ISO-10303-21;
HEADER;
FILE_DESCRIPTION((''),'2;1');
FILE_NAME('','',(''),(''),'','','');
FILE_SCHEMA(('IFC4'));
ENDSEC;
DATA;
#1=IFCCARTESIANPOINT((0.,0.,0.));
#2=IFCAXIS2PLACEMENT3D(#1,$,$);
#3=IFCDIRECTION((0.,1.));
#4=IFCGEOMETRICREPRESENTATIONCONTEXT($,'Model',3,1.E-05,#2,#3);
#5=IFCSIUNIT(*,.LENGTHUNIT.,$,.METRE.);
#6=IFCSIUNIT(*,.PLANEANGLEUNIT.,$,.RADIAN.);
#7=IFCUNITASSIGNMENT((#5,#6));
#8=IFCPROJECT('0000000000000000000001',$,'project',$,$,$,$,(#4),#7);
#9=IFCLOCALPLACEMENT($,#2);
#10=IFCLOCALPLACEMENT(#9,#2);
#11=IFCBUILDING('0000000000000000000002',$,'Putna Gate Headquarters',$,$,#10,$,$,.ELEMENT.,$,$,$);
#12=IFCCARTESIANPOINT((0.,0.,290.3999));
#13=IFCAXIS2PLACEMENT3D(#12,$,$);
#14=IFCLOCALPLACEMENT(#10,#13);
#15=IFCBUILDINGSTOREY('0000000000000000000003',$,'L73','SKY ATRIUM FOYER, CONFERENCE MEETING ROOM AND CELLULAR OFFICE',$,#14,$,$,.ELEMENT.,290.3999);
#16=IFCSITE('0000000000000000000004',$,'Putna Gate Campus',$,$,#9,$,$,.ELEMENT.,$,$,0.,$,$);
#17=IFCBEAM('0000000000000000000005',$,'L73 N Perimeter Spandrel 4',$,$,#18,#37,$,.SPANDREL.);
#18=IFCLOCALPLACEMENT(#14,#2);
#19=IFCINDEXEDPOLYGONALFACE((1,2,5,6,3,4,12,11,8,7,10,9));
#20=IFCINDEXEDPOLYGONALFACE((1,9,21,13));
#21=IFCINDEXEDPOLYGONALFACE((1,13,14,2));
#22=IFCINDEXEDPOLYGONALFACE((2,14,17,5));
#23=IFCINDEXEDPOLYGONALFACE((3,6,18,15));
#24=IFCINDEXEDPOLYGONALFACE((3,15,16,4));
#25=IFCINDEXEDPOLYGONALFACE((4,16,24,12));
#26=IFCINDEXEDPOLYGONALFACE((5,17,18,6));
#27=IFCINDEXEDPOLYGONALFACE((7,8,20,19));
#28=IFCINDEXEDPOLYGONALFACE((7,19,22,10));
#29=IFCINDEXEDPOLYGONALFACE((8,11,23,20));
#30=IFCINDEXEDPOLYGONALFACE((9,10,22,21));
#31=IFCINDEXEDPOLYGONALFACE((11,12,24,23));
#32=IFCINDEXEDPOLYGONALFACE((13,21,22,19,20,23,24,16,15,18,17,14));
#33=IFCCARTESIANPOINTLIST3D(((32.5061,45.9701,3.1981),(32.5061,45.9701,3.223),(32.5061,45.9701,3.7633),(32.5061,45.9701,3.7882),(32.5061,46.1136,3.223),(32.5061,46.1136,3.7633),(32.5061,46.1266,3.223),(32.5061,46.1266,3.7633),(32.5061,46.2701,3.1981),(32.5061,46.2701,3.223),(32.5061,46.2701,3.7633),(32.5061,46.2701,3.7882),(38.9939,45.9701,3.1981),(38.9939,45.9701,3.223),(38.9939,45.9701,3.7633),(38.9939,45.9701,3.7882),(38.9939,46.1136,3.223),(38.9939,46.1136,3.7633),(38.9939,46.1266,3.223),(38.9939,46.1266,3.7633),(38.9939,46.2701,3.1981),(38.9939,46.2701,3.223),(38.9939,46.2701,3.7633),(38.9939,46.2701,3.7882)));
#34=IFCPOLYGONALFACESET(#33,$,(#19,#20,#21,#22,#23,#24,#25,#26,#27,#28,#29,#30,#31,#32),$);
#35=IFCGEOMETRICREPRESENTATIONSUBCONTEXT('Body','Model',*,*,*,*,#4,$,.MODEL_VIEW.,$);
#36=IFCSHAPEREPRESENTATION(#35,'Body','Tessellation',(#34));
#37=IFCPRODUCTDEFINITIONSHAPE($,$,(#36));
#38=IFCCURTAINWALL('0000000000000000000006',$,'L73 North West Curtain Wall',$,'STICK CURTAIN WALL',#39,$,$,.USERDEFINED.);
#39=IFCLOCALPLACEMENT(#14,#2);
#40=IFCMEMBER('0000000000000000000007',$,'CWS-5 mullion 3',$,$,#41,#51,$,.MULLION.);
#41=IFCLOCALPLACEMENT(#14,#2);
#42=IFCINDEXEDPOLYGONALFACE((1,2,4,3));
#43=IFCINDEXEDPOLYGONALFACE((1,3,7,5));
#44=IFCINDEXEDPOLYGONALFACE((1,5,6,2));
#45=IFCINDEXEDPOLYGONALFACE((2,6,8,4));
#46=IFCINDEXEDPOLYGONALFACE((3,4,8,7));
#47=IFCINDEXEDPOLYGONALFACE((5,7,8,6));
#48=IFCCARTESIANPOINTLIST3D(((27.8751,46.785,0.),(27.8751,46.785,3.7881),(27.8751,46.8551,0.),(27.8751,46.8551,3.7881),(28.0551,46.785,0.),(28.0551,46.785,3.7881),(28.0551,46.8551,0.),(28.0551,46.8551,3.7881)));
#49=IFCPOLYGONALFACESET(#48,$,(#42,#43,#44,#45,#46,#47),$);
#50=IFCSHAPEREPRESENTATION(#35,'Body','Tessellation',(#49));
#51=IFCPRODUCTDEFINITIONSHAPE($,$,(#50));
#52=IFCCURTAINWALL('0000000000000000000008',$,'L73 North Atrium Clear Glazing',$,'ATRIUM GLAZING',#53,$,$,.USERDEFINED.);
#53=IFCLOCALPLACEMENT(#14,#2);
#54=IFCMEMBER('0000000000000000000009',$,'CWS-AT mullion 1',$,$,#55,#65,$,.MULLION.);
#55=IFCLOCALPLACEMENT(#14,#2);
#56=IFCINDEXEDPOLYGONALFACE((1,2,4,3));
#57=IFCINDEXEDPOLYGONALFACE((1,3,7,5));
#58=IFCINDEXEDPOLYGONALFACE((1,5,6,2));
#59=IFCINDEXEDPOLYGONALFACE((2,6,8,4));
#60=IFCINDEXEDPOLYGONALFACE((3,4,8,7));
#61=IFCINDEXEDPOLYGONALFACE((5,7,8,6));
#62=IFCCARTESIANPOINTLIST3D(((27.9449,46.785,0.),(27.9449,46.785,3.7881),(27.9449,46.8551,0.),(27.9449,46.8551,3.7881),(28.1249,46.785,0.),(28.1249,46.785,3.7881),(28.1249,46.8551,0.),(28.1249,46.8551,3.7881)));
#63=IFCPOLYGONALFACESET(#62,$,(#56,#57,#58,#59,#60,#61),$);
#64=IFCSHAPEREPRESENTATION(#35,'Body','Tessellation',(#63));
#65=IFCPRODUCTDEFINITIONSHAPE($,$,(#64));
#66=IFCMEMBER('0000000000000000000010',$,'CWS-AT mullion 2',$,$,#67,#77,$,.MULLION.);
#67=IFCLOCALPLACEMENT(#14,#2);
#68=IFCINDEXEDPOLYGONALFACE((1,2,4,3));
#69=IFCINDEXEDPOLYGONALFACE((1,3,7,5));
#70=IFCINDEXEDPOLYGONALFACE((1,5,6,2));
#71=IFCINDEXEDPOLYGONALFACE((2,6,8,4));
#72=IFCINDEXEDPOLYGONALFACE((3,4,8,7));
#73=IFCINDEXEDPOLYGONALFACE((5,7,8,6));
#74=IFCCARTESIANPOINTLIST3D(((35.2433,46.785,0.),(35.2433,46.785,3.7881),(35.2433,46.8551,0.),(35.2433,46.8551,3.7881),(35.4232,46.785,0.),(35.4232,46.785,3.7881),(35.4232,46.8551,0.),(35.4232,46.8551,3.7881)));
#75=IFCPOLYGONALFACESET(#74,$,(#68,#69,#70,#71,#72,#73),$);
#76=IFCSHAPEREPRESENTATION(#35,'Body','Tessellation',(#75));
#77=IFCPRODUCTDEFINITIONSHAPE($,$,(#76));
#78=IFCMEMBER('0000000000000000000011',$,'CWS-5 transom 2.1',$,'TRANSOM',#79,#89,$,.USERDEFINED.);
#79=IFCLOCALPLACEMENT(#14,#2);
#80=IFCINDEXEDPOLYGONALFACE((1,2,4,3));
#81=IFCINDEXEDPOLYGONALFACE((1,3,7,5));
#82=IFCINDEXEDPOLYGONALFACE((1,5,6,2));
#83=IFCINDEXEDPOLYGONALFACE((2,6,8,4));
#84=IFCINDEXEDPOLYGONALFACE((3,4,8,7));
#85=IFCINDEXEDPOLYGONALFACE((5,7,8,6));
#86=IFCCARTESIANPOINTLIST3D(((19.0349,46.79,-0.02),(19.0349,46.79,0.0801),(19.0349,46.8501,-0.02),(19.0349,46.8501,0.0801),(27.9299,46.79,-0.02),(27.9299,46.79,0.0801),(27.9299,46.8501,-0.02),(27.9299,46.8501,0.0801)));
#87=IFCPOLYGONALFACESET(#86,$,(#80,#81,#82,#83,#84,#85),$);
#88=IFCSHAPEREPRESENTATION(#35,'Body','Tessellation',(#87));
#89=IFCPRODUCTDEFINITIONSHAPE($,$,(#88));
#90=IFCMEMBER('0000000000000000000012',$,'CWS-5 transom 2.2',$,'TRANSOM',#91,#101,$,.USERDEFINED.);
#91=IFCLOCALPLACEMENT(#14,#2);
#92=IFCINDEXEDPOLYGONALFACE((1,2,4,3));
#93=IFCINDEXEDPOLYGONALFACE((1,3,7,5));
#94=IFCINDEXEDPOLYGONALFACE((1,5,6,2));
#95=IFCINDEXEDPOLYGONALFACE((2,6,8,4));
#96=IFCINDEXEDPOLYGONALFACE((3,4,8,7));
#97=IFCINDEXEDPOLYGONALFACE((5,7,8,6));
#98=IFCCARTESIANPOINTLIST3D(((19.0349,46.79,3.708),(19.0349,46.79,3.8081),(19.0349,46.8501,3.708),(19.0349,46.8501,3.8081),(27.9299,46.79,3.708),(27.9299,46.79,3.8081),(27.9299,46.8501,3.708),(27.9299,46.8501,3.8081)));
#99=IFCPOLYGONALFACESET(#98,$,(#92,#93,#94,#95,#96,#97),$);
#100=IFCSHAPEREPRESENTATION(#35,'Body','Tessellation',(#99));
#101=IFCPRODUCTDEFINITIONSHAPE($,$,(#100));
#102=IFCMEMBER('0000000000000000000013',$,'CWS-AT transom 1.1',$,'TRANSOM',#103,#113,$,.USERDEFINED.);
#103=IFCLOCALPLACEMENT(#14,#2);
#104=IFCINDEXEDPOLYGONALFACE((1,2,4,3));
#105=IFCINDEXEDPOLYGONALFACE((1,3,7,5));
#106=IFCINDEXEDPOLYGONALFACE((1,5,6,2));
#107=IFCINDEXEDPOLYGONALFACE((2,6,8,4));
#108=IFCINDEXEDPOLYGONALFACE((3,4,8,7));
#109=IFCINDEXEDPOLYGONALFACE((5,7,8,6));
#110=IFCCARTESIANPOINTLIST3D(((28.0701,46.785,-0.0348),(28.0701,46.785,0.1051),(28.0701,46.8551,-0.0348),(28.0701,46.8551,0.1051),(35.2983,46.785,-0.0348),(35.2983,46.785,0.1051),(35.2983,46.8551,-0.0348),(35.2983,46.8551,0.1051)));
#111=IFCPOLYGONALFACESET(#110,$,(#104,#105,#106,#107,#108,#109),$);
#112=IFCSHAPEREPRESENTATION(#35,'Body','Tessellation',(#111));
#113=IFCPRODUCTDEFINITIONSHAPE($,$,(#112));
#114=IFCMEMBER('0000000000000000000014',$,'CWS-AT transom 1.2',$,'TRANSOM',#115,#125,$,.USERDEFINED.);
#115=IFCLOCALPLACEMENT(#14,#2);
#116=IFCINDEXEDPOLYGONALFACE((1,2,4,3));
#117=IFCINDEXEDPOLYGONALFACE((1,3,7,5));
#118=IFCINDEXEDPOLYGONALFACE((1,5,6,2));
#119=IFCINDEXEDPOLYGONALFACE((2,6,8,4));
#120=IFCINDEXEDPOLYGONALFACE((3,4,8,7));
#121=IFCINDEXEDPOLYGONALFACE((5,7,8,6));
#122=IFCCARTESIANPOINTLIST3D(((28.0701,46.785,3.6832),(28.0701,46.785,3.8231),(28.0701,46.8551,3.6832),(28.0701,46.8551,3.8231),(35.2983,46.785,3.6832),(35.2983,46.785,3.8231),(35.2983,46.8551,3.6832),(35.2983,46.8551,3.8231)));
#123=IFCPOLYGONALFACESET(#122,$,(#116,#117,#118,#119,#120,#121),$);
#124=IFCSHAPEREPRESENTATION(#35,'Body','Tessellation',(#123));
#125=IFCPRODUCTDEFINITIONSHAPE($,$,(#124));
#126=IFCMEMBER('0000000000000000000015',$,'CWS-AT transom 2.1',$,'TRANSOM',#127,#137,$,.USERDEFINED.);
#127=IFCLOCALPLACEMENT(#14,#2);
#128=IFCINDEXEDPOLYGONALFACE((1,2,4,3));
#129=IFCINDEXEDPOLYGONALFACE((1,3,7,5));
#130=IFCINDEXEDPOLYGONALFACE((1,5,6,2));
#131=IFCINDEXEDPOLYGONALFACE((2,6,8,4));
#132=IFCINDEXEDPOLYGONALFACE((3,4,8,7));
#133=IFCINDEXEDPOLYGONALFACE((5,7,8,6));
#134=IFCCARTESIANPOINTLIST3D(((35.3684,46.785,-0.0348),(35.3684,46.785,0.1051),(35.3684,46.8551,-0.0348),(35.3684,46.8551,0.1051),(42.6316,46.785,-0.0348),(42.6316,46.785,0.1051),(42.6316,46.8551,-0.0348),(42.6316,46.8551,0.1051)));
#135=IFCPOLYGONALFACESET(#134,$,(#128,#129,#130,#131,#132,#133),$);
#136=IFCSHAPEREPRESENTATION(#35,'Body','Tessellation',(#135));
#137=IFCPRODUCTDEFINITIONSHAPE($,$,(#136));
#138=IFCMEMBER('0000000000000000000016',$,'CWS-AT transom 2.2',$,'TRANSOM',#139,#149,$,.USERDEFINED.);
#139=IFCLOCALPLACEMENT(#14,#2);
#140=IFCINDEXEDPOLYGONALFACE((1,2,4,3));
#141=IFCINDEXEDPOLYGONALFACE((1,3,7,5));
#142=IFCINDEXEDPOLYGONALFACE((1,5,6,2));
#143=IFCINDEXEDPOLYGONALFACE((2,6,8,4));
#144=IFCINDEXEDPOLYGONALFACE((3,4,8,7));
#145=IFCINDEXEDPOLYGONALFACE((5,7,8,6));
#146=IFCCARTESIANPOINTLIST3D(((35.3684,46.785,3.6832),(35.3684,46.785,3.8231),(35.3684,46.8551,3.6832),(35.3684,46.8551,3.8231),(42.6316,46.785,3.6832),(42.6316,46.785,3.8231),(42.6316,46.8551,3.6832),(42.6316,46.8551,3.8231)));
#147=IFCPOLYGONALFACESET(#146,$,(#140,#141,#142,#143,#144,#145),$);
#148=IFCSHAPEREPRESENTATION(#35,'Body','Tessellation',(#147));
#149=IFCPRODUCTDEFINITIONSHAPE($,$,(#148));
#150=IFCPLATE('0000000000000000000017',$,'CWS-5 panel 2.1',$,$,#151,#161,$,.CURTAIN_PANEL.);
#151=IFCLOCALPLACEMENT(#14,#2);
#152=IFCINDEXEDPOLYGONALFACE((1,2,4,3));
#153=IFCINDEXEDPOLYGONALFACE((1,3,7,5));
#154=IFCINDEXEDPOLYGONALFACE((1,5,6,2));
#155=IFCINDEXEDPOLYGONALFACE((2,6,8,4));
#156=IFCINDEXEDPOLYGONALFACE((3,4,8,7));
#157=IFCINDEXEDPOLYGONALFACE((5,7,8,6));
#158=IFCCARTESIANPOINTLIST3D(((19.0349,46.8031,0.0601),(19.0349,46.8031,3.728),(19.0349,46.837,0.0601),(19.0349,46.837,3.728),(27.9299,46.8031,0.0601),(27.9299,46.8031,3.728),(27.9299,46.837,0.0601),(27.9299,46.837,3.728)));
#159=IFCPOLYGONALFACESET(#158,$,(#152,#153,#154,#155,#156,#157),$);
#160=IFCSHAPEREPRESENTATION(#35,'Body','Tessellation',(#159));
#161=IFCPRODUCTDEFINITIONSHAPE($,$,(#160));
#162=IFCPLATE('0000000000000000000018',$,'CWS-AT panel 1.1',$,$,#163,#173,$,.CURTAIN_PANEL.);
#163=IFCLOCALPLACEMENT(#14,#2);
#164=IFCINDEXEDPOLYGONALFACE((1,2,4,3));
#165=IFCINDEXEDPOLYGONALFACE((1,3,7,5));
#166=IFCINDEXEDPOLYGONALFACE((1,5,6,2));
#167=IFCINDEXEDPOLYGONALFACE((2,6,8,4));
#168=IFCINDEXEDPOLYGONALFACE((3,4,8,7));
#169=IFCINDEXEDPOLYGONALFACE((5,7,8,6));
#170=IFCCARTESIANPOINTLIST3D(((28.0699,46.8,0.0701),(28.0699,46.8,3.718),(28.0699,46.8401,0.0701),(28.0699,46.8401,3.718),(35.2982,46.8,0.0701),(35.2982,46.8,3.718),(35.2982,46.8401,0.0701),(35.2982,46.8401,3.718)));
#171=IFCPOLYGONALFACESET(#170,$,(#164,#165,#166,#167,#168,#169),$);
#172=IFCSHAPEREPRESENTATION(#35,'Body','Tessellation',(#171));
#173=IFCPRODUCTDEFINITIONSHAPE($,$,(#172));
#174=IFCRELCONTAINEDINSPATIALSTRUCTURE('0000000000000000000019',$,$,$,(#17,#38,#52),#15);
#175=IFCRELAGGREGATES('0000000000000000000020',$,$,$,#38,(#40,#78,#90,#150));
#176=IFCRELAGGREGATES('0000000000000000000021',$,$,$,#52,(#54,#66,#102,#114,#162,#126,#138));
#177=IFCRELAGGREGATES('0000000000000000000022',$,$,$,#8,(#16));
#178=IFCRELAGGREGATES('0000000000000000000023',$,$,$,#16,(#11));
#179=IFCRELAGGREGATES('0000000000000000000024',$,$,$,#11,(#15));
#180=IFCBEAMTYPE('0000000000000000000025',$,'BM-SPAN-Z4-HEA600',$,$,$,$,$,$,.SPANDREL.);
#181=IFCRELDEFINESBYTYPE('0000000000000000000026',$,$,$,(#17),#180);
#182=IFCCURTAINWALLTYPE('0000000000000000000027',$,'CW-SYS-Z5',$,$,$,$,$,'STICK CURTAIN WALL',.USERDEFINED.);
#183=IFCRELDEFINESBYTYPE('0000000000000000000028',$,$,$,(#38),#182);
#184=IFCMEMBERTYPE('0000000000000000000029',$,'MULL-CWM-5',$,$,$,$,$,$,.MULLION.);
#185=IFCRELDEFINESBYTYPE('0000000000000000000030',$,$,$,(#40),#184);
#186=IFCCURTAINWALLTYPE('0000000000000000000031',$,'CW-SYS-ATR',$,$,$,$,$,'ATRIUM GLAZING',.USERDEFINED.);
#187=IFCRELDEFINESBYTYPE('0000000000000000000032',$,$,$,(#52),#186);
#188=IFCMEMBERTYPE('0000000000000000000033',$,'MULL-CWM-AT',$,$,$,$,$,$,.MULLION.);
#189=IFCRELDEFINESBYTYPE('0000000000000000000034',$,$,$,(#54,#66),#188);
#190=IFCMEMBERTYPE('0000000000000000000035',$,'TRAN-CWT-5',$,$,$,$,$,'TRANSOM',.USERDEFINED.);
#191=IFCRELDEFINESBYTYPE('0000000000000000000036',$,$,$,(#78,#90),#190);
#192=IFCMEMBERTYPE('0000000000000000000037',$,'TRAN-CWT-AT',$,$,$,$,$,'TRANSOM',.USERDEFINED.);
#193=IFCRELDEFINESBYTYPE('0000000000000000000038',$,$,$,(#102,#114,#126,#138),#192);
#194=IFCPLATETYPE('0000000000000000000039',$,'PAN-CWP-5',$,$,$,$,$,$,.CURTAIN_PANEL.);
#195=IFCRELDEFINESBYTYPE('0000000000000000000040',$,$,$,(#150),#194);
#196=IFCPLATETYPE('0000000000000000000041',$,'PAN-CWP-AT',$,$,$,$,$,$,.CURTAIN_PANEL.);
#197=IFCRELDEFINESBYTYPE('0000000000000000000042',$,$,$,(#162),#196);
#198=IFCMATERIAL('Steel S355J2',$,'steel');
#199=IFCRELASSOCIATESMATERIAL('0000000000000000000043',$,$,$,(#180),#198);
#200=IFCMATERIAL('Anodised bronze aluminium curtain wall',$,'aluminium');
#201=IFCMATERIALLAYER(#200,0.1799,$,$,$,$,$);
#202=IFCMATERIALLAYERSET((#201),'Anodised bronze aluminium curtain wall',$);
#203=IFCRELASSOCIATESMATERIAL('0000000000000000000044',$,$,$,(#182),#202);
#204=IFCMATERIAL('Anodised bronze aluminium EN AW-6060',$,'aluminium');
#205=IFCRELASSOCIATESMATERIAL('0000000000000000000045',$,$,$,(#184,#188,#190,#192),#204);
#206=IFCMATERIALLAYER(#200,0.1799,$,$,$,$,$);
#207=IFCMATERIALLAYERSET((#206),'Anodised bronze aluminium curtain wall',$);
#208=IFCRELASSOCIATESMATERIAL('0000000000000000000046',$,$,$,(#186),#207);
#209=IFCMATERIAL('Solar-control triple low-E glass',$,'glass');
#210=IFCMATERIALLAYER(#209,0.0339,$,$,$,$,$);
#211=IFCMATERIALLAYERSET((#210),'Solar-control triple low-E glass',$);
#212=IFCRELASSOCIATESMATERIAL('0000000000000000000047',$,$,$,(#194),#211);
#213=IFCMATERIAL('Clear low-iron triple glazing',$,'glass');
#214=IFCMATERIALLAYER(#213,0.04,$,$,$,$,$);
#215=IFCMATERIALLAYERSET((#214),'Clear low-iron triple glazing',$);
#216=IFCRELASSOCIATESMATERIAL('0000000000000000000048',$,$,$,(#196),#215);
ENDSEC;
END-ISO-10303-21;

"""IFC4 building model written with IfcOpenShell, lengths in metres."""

from ifc_helpers import new_model, si_unit, direction, frame, origin, origin_2d, place, context, subcontext, project, spatial, rectangle, i_section, extrude, material, layer, layer_set, material_profile, profile_set, type_object, element, aggregate, save


model = new_model("IFC4")

# Units and contexts
model_context = context("Model", 3, precision=1e-05, world=origin(), true_north=direction((0.0, 1.0)))
body_context = subcontext(model_context, "Body", "Model", "MODEL_VIEW")
ifc_project = project(units=[si_unit("LENGTHUNIT", "METRE"), si_unit("PLANEANGLEUNIT", "RADIAN")], contexts=[model_context])

# Site, building, storey
site_placement = place(None, origin())
site = spatial("IfcSite", under=ifc_project, at=site_placement, Name="Putna Gate Campus", CompositionType="ELEMENT", RefElevation=0.0)
building_placement = place(site_placement, origin())
building = spatial("IfcBuilding", under=site, at=building_placement, Name="Putna Gate Headquarters", CompositionType="ELEMENT")
storey_placement = place(building_placement, frame((0.0, 0.0, 290.3999)))
storey = spatial("IfcBuildingStorey", under=building, at=storey_placement, Name="L73", Description="SKY ATRIUM FOYER, CONFERENCE MEETING ROOM AND CELLULAR OFFICE", CompositionType="ELEMENT", Elevation=290.3999)

# Beam
ifc_material_1 = material(Name="Steel S355J2", Category="steel")
ifc_material_profile_1 = material_profile(ifc_material_1, i_section(OverallWidth=0.3, OverallDepth=0.5901, WebThickness=0.0129, FlangeThickness=0.0249, at=origin_2d()), Name="Steel S355J2")
ifc_profile_set_1 = profile_set([ifc_material_profile_1], Name="Steel S355J2")
beam_type_1 = type_object("IfcBeamType", Name="BM-SPAN-Z4-HEA600", PredefinedType="SPANDREL", material=ifc_profile_set_1)
for number, where, z_axis, x_axis, name in (
    (1, (32.5061, 46.1201, 3.4932), (1.0, 0.0, 0.0), (0.0, 1.0, 0.0), "L73 N Perimeter Spandrel 4"),
):
    element("IfcBeam", number, at=place(storey_placement, frame(where, z_axis=z_axis, x_axis=x_axis)), inside=storey, type_object=beam_type_1, Name=name, PredefinedType="SPANDREL", context=body_context, shape_type="SweptSolid", body=[
        extrude(i_section(OverallWidth=0.3, OverallDepth=0.5901, WebThickness=0.0129, FlangeThickness=0.0249, at=origin_2d()), origin(), (0.0, 0.0, 1.0), 6.4878),
    ])

# Curtain wall, member
ifc_material_2 = material(Name="Anodised bronze aluminium curtain wall", Category="aluminium")
ifc_layer_1 = layer(ifc_material_2, 0.1799)
ifc_layer_set_1 = layer_set([ifc_layer_1], Name="Anodised bronze aluminium curtain wall")
curtain_wall_type_1 = type_object("IfcCurtainWallType", Name="CW-SYS-Z5", ElementType="STICK CURTAIN WALL", PredefinedType="USERDEFINED", material=ifc_layer_set_1)
curtain_wall_1_placement = place(storey_placement, origin())
curtain_wall_1 = element("IfcCurtainWall", 2, at=curtain_wall_1_placement, inside=storey, type_object=curtain_wall_type_1, Name="L73 North West Curtain Wall", ObjectType="STICK CURTAIN WALL", PredefinedType="USERDEFINED")
ifc_material_3 = material(Name="Anodised bronze aluminium EN AW-6060", Category="aluminium")
ifc_material_profile_2 = material_profile(ifc_material_3, rectangle(XDim=0.0701, YDim=0.1799, at=origin_2d()), Name="Anodised bronze aluminium EN AW-6060")
ifc_profile_set_2 = profile_set([ifc_material_profile_2], Name="Anodised bronze aluminium EN AW-6060")
member_type_1 = type_object("IfcMemberType", Name="MULL-CWM-5", PredefinedType="MULLION", material=ifc_profile_set_2)
member_1_placement = place(storey_placement, frame((27.9651, 46.8201, 0.0), z_axis=(0.0, 0.0, 1.0), x_axis=(0.0, 1.0, 0.0)))
member_1 = element("IfcMember", 3, at=member_1_placement, type_object=member_type_1, Name="CWS-5 mullion 3", PredefinedType="MULLION", context=body_context, shape_type="SweptSolid", body=[
    extrude(rectangle(XDim=0.0701, YDim=0.1799, at=origin_2d()), origin(), (0.0, 0.0, 1.0), 3.7881),
])

# Curtain wall, members
ifc_layer_2 = layer(ifc_material_2, 0.1799)
ifc_layer_set_2 = layer_set([ifc_layer_2], Name="Anodised bronze aluminium curtain wall")
curtain_wall_type_2 = type_object("IfcCurtainWallType", Name="CW-SYS-ATR", ElementType="ATRIUM GLAZING", PredefinedType="USERDEFINED", material=ifc_layer_set_2)
curtain_wall_2_placement = place(storey_placement, origin())
curtain_wall_2 = element("IfcCurtainWall", 4, at=curtain_wall_2_placement, inside=storey, type_object=curtain_wall_type_2, Name="L73 North Atrium Clear Glazing", ObjectType="ATRIUM GLAZING", PredefinedType="USERDEFINED")
ifc_material_profile_3 = material_profile(ifc_material_3, rectangle(XDim=0.0701, YDim=0.1799, at=origin_2d()), Name="Anodised bronze aluminium EN AW-6060")
ifc_profile_set_3 = profile_set([ifc_material_profile_3], Name="Anodised bronze aluminium EN AW-6060")
member_type_2 = type_object("IfcMemberType", Name="MULL-CWM-AT", PredefinedType="MULLION", material=ifc_profile_set_3)
member_2_placement = place(storey_placement, frame((28.0349, 46.8201, 0.0), z_axis=(0.0, 0.0, 1.0), x_axis=(0.0, 1.0, 0.0)))
member_2 = element("IfcMember", 5, at=member_2_placement, type_object=member_type_2, Name="CWS-AT mullion 1", PredefinedType="MULLION", context=body_context, shape_type="SweptSolid", body=[
    extrude(rectangle(XDim=0.0701, YDim=0.1799, at=origin_2d()), origin(), (0.0, 0.0, 1.0), 3.7881),
])
member_3_placement = place(storey_placement, frame((35.3333, 46.8201, 0.0), z_axis=(0.0, 0.0, 1.0), x_axis=(0.0, 1.0, 0.0)))
member_3 = element("IfcMember", 6, at=member_3_placement, type_object=member_type_2, Name="CWS-AT mullion 2", PredefinedType="MULLION", context=body_context, shape_type="SweptSolid", body=[
    extrude(rectangle(XDim=0.0701, YDim=0.1799, at=origin_2d()), origin(), (0.0, 0.0, 1.0), 3.7881),
])

# Members
ifc_material_profile_4 = material_profile(ifc_material_3, rectangle(XDim=0.0601, YDim=0.1001, at=origin_2d()), Name="Anodised bronze aluminium EN AW-6060")
ifc_profile_set_4 = profile_set([ifc_material_profile_4], Name="Anodised bronze aluminium EN AW-6060")
member_type_3 = type_object("IfcMemberType", Name="TRAN-CWT-5", ElementType="TRANSOM", PredefinedType="USERDEFINED", material=ifc_profile_set_4)
member_4_placement = place(storey_placement, frame((19.0349, 46.8201, 0.03), z_axis=(1.0, 0.0, 0.0), x_axis=(0.0, 1.0, 0.0)))
member_4 = element("IfcMember", 7, at=member_4_placement, type_object=member_type_3, Name="CWS-5 transom 2.1", ObjectType="TRANSOM", PredefinedType="USERDEFINED", context=body_context, shape_type="SweptSolid", body=[
    extrude(rectangle(XDim=0.0601, YDim=0.1001, at=origin_2d()), origin(), (0.0, 0.0, 1.0), 8.895),
])
member_5_placement = place(storey_placement, frame((19.0349, 46.8201, 3.7581), z_axis=(1.0, 0.0, 0.0), x_axis=(0.0, 1.0, 0.0)))
member_5 = element("IfcMember", 8, at=member_5_placement, type_object=member_type_3, Name="CWS-5 transom 2.2", ObjectType="TRANSOM", PredefinedType="USERDEFINED", context=body_context, shape_type="SweptSolid", body=[
    extrude(rectangle(XDim=0.0601, YDim=0.1001, at=origin_2d()), origin(), (0.0, 0.0, 1.0), 8.895),
])
ifc_material_profile_5 = material_profile(ifc_material_3, rectangle(XDim=0.0701, YDim=0.1399, at=origin_2d()), Name="Anodised bronze aluminium EN AW-6060")
ifc_profile_set_5 = profile_set([ifc_material_profile_5], Name="Anodised bronze aluminium EN AW-6060")
member_type_4 = type_object("IfcMemberType", Name="TRAN-CWT-AT", ElementType="TRANSOM", PredefinedType="USERDEFINED", material=ifc_profile_set_5)
member_6_placement = place(storey_placement, frame((28.0701, 46.8201, 0.0352), z_axis=(1.0, 0.0, 0.0), x_axis=(0.0, 1.0, 0.0)))
member_6 = element("IfcMember", 9, at=member_6_placement, type_object=member_type_4, Name="CWS-AT transom 1.1", ObjectType="TRANSOM", PredefinedType="USERDEFINED", context=body_context, shape_type="SweptSolid", body=[
    extrude(rectangle(XDim=0.0701, YDim=0.1399, at=origin_2d()), origin(), (0.0, 0.0, 1.0), 7.2283),
])
member_7_placement = place(storey_placement, frame((28.0701, 46.8201, 3.7532), z_axis=(1.0, 0.0, 0.0), x_axis=(0.0, 1.0, 0.0)))
member_7 = element("IfcMember", 10, at=member_7_placement, type_object=member_type_4, Name="CWS-AT transom 1.2", ObjectType="TRANSOM", PredefinedType="USERDEFINED", context=body_context, shape_type="SweptSolid", body=[
    extrude(rectangle(XDim=0.0701, YDim=0.1399, at=origin_2d()), origin(), (0.0, 0.0, 1.0), 7.2283),
])
member_8_placement = place(storey_placement, frame((35.3684, 46.8201, 0.0352), z_axis=(1.0, 0.0, 0.0), x_axis=(0.0, 1.0, 0.0)))
member_8 = element("IfcMember", 11, at=member_8_placement, type_object=member_type_4, Name="CWS-AT transom 2.1", ObjectType="TRANSOM", PredefinedType="USERDEFINED", context=body_context, shape_type="SweptSolid", body=[
    extrude(rectangle(XDim=0.0701, YDim=0.1399, at=origin_2d()), origin(), (0.0, 0.0, 1.0), 7.2632),
])
member_9_placement = place(storey_placement, frame((35.3684, 46.8201, 3.7532), z_axis=(1.0, 0.0, 0.0), x_axis=(0.0, 1.0, 0.0)))
member_9 = element("IfcMember", 12, at=member_9_placement, type_object=member_type_4, Name="CWS-AT transom 2.2", ObjectType="TRANSOM", PredefinedType="USERDEFINED", context=body_context, shape_type="SweptSolid", body=[
    extrude(rectangle(XDim=0.0701, YDim=0.1399, at=origin_2d()), origin(), (0.0, 0.0, 1.0), 7.2632),
])

# Plates
ifc_material_4 = material(Name="Solar-control triple low-E glass", Category="glass")
ifc_layer_3 = layer(ifc_material_4, 0.0339)
ifc_layer_set_3 = layer_set([ifc_layer_3], Name="Solar-control triple low-E glass")
plate_type_1 = type_object("IfcPlateType", Name="PAN-CWP-5", PredefinedType="CURTAIN_PANEL", material=ifc_layer_set_3)
plate_1_placement = place(storey_placement, frame((23.4824, 46.8201, 0.0601), z_axis=(0.0, 0.0, 1.0), x_axis=(1.0, 0.0, 0.0)))
plate_1 = element("IfcPlate", 13, at=plate_1_placement, type_object=plate_type_1, Name="CWS-5 panel 2.1", PredefinedType="CURTAIN_PANEL", context=body_context, shape_type="SweptSolid", body=[
    extrude(rectangle(XDim=8.895, YDim=0.0339, at=origin_2d()), origin(), (0.0, 0.0, 1.0), 3.668),
])
aggregate(curtain_wall_1, [member_1, member_4, member_5, plate_1])
ifc_material_5 = material(Name="Clear low-iron triple glazing", Category="glass")
ifc_layer_4 = layer(ifc_material_5, 0.04)
ifc_layer_set_4 = layer_set([ifc_layer_4], Name="Clear low-iron triple glazing")
plate_type_2 = type_object("IfcPlateType", Name="PAN-CWP-AT", PredefinedType="CURTAIN_PANEL", material=ifc_layer_set_4)
plate_2_placement = place(storey_placement, frame((31.6841, 46.8201, 0.0701), z_axis=(0.0, 0.0, 1.0), x_axis=(1.0, 0.0, 0.0)))
plate_2 = element("IfcPlate", 14, at=plate_2_placement, type_object=plate_type_2, Name="CWS-AT panel 1.1", PredefinedType="CURTAIN_PANEL", context=body_context, shape_type="SweptSolid", body=[
    extrude(rectangle(XDim=7.2283, YDim=0.04, at=origin_2d()), origin(), (0.0, 0.0, 1.0), 3.6479),
])
aggregate(curtain_wall_2, [member_2, member_3, member_6, member_7, plate_2, member_8, member_9])

save(model, "model.ifc")
